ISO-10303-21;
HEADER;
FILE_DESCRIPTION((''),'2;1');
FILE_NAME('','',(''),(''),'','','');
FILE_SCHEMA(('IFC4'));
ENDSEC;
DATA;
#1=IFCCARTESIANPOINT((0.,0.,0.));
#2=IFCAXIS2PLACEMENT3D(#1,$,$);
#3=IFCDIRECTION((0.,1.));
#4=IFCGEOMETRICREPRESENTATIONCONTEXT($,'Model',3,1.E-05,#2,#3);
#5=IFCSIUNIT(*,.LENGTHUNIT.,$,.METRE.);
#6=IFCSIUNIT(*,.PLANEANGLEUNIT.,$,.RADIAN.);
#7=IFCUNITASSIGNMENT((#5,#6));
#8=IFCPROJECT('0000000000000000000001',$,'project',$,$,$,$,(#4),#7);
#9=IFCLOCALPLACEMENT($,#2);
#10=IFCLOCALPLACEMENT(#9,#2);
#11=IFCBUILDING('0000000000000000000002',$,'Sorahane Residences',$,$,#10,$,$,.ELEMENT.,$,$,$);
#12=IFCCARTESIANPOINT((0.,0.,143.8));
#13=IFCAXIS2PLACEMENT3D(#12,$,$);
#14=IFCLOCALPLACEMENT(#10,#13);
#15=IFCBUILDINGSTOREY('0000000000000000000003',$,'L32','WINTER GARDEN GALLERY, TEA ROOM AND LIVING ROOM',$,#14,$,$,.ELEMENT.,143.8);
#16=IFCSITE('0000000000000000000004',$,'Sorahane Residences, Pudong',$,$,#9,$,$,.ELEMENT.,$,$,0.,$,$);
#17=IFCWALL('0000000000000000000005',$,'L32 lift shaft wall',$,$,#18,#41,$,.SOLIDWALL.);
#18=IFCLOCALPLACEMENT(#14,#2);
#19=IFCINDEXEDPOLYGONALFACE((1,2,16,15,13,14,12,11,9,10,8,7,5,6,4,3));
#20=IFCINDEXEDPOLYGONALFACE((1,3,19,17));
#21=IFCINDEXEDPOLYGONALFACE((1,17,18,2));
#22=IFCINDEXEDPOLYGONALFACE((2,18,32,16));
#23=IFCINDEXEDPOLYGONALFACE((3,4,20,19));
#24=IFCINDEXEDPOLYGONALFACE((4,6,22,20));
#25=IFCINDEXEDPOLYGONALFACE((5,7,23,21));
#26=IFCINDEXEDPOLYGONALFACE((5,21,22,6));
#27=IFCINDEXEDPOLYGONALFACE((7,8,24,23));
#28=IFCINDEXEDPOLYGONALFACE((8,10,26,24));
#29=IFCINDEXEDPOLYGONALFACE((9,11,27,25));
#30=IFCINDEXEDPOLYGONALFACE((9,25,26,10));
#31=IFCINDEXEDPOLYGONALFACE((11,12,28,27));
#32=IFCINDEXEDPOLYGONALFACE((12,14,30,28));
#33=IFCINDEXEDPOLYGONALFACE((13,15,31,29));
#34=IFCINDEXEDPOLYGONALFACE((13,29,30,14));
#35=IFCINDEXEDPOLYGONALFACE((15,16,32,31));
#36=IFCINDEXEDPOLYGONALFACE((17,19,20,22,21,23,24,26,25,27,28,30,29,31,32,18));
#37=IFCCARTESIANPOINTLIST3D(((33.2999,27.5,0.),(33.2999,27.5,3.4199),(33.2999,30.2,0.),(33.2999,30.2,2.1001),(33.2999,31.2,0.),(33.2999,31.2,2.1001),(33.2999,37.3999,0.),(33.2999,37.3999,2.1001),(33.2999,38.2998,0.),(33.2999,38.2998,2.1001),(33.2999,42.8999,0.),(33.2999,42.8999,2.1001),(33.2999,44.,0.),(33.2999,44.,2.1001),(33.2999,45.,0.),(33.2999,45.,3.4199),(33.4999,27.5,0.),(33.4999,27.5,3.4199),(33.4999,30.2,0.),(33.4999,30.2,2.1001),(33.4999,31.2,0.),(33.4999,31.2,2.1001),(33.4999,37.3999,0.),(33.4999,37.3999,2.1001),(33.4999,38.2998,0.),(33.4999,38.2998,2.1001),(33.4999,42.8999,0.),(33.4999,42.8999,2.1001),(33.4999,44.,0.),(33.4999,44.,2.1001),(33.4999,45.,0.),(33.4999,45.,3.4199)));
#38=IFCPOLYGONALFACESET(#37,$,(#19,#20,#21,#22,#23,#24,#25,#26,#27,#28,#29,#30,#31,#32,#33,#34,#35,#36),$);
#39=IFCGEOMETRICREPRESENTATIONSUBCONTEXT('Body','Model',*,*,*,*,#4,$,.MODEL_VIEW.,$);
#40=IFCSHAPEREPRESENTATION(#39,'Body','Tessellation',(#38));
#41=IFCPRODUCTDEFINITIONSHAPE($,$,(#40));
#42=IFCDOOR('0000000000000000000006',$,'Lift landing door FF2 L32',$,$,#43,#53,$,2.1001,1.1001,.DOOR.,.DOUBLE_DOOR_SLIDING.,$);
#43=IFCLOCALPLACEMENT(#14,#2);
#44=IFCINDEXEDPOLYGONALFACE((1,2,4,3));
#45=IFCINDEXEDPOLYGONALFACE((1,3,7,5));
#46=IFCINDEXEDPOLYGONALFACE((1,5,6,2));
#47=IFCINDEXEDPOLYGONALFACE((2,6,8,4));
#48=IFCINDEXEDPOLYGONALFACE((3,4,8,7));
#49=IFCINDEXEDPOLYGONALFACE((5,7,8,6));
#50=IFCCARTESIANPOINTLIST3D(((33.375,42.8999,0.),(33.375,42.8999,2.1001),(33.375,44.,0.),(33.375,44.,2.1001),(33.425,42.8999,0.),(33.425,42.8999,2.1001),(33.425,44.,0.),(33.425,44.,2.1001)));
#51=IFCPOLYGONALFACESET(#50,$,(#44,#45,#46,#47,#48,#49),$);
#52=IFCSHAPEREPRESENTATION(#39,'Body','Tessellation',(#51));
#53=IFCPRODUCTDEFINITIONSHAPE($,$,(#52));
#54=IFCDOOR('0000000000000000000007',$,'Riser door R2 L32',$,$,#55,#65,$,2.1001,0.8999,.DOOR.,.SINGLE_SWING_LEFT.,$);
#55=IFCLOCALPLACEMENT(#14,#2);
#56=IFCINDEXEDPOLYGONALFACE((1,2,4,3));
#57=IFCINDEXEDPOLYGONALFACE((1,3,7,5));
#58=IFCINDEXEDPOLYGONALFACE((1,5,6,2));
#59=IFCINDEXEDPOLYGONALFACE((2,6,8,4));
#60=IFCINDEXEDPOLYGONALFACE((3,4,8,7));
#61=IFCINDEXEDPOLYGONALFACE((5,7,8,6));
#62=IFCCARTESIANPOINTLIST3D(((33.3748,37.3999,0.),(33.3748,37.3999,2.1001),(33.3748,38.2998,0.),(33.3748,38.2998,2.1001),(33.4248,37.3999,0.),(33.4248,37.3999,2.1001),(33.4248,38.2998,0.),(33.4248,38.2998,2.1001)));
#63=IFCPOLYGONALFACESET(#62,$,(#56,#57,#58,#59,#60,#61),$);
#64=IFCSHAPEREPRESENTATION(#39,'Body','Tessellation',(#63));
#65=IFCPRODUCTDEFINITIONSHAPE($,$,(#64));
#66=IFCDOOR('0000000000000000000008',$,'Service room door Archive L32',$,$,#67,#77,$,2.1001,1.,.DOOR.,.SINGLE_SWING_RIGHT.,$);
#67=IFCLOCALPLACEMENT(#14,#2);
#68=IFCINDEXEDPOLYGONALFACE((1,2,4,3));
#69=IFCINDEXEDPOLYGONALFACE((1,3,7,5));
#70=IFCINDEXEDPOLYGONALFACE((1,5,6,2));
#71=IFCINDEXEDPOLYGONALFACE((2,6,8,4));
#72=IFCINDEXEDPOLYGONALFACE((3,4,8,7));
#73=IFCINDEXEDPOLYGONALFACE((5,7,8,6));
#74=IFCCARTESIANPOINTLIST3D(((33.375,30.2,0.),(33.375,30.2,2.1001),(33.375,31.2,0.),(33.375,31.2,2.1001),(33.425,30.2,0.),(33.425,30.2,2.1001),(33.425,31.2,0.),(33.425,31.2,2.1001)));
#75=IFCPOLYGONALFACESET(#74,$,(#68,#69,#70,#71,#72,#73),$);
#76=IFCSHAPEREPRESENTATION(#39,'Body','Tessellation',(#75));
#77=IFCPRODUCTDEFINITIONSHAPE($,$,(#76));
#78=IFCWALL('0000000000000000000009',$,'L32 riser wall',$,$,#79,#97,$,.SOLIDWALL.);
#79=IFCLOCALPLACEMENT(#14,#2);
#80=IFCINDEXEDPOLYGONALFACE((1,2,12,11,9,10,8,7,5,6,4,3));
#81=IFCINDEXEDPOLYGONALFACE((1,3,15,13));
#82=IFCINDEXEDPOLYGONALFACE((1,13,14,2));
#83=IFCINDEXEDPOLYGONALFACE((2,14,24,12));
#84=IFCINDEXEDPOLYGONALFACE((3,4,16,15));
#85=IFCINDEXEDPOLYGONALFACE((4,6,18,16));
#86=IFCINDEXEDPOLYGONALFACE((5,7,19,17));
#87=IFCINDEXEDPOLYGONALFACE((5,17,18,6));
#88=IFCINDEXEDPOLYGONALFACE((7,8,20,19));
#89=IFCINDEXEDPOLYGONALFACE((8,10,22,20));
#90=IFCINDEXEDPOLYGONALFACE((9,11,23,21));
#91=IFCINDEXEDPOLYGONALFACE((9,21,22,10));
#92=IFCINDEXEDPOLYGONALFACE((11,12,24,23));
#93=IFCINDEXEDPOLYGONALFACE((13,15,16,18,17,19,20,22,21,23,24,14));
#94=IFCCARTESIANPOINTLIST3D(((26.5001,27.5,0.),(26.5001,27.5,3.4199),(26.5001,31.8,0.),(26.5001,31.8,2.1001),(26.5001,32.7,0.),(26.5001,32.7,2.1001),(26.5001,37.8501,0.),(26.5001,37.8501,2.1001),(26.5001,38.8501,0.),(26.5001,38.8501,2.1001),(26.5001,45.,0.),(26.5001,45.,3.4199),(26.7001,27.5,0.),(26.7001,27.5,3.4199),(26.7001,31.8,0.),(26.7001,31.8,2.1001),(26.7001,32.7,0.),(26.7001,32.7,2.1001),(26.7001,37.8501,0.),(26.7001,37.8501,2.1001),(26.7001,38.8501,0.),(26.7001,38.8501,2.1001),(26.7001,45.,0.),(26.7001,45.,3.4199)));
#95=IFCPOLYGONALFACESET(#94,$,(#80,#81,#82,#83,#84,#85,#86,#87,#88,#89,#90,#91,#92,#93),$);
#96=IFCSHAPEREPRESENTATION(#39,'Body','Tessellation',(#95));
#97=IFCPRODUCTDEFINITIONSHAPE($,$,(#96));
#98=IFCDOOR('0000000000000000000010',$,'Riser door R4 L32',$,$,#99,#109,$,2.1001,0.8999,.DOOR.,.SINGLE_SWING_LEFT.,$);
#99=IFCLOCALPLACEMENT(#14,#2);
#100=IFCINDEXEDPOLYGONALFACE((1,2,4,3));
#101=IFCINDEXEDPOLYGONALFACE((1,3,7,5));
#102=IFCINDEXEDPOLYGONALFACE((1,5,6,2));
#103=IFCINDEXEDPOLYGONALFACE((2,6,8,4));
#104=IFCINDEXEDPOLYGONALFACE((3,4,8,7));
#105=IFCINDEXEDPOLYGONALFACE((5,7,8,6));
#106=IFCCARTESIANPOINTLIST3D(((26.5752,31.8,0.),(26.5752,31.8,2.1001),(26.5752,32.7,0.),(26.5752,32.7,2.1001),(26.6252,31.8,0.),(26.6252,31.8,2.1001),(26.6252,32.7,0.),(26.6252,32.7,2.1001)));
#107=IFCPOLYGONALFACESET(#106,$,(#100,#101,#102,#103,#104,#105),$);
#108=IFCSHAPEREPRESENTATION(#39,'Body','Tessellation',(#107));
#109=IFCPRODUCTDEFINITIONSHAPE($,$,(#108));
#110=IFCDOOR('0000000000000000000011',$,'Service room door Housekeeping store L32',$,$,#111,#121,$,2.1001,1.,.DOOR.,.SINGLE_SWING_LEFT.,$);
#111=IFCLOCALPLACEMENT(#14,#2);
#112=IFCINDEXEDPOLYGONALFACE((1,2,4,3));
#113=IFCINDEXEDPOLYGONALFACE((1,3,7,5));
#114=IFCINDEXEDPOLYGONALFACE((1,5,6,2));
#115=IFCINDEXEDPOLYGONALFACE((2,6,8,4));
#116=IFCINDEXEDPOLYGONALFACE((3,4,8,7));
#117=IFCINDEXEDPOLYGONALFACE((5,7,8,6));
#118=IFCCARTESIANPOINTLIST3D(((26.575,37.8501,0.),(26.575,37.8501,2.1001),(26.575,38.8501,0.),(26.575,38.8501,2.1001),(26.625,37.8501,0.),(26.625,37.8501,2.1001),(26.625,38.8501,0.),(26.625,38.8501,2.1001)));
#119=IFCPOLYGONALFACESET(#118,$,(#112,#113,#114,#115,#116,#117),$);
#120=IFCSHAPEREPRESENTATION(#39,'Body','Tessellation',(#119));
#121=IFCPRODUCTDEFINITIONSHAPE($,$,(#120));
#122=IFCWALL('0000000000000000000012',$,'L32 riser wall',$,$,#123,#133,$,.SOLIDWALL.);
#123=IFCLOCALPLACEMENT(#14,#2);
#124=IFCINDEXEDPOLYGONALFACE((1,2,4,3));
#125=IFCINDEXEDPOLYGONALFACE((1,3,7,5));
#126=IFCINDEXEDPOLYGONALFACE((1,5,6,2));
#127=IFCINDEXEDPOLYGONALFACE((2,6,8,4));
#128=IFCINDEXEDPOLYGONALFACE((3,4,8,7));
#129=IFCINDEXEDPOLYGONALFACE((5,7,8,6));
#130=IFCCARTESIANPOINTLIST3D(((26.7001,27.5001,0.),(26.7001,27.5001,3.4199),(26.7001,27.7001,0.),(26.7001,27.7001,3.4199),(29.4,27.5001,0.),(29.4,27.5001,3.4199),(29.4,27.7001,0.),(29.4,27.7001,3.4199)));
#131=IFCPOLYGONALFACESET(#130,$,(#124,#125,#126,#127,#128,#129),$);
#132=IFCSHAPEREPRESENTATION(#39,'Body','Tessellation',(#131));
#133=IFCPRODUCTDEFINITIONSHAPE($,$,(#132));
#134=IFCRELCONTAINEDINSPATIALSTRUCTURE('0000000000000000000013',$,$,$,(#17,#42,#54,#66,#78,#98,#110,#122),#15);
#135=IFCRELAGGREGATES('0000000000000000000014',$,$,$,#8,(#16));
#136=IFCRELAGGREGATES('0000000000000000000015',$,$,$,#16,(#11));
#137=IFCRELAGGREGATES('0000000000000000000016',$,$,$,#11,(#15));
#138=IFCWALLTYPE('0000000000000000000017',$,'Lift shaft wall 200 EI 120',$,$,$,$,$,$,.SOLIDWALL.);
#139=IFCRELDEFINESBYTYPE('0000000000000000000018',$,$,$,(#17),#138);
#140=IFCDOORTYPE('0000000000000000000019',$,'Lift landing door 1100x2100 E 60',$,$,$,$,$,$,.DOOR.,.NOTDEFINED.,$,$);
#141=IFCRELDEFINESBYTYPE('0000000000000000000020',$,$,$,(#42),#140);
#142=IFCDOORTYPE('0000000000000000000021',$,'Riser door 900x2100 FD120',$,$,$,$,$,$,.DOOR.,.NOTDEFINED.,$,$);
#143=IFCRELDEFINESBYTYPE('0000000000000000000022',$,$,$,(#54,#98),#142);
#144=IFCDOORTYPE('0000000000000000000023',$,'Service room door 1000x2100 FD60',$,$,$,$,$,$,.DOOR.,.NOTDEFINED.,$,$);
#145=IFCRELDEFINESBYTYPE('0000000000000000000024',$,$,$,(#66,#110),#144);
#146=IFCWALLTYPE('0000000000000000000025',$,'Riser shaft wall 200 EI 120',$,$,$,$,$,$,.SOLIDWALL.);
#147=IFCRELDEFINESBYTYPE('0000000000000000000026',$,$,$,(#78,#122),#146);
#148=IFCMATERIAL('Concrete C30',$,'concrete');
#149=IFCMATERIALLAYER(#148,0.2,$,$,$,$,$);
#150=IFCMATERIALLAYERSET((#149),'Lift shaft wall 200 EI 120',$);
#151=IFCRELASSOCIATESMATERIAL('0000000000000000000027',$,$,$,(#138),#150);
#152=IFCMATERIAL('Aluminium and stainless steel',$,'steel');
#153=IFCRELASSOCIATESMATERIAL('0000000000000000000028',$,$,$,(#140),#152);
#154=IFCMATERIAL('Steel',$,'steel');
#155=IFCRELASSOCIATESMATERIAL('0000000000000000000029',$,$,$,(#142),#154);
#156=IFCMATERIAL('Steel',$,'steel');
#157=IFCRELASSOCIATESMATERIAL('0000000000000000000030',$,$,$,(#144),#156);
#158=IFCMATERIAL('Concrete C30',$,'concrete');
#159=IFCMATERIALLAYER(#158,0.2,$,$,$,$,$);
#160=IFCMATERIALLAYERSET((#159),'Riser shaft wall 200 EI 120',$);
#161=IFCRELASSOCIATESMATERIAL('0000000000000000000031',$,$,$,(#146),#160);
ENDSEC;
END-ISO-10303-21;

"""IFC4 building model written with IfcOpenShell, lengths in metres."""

from ifc_helpers import new_model, si_unit, direction, frame, frame_2d, origin, place, context, subcontext, project, spatial, rectangle, extrude, material, layer, layer_set, type_object, element, fill, save


model = new_model("IFC4")

# Units and contexts
model_context = context("Model", 3, precision=1e-05, world=origin(), true_north=direction((0.0, 1.0)))
body_context = subcontext(model_context, "Body", "Model", "MODEL_VIEW")
ifc_project = project(units=[si_unit("LENGTHUNIT", "METRE"), si_unit("PLANEANGLEUNIT", "RADIAN")], contexts=[model_context])

# Site, building, storey
site_placement = place(None, origin())
site = spatial("IfcSite", under=ifc_project, at=site_placement, Name="Sorahane Residences, Pudong", CompositionType="ELEMENT", RefElevation=0.0)
building_placement = place(site_placement, origin())
building = spatial("IfcBuilding", under=site, at=building_placement, Name="Sorahane Residences", CompositionType="ELEMENT")
storey_placement = place(building_placement, frame((0.0, 0.0, 143.8)))
storey = spatial("IfcBuildingStorey", under=building, at=storey_placement, Name="L32", Description="WINTER GARDEN GALLERY, TEA ROOM AND LIVING ROOM", CompositionType="ELEMENT", Elevation=143.8)

# Walls, openings, doors
ifc_material_1 = material(Name="Concrete C30", Category="concrete")
ifc_layer_1 = layer(ifc_material_1, 0.2)
ifc_layer_set_1 = layer_set([ifc_layer_1], Name="Lift shaft wall 200 EI 120")
wall_type_1 = type_object("IfcWallType", Name="Lift shaft wall 200 EI 120", PredefinedType="SOLIDWALL", material=ifc_layer_set_1)
wall_1_placement = place(storey_placement, frame((33.3999, 27.5, 0.0), z_axis=(0.0, 0.0, 1.0), x_axis=(0.0, 1.0, 0.0)))
wall_1 = element("IfcWall", 1, at=wall_1_placement, inside=storey, type_object=wall_type_1, Name="L32 lift shaft wall", PredefinedType="SOLIDWALL", context=body_context, shape_type="SweptSolid", body=[
    extrude(rectangle(XDim=17.5, YDim=0.2, at=frame_2d((8.75, 0.0))), origin(), (0.0, 0.0, 1.0), 3.4199),
])
opening_1_placement = place(wall_1_placement, frame((15.3999, 0.0, 0.0)))
opening_1 = element("IfcOpeningElement", 2, at=opening_1_placement, cuts=wall_1, PredefinedType="OPENING", context=body_context, shape_type="SweptSolid", body=[
    extrude(rectangle(XDim=1.1001, YDim=2.1001, at=frame_2d((0.55, 1.05))), frame((0.0, 0.1099, 0.0), z_axis=(0.0, -1.0, 0.0), x_axis=(1.0, 0.0, 0.0)), (0.0, 0.0, 1.0), 0.22),
])
opening_2_placement = place(wall_1_placement, frame((2.7, 0.0, 0.0)))
opening_2 = element("IfcOpeningElement", 3, at=opening_2_placement, cuts=wall_1, PredefinedType="OPENING", context=body_context, shape_type="SweptSolid", body=[
    extrude(rectangle(XDim=1.0, YDim=2.1001, at=frame_2d((0.5, 1.05))), frame((0.0, 0.1099, 0.0), z_axis=(0.0, -1.0, 0.0), x_axis=(1.0, 0.0, 0.0)), (0.0, 0.0, 1.0), 0.22),
])
opening_3_placement = place(wall_1_placement, frame((9.8999, 0.0, 0.0)))
opening_3 = element("IfcOpeningElement", 4, at=opening_3_placement, cuts=wall_1, PredefinedType="OPENING", context=body_context, shape_type="SweptSolid", body=[
    extrude(rectangle(XDim=0.8999, YDim=2.1001, at=frame_2d((0.45, 1.05))), frame((0.0, 0.1099, 0.0), z_axis=(0.0, -1.0, 0.0), x_axis=(1.0, 0.0, 0.0)), (0.0, 0.0, 1.0), 0.22),
])
ifc_material_2 = material(Name="Aluminium and stainless steel", Category="steel")
door_type_1 = type_object("IfcDoorType", Name="Lift landing door 1100x2100 E 60", OperationType="NOTDEFINED", PredefinedType="DOOR", material=ifc_material_2)
door_1_placement = place(opening_1_placement, origin())
door_1 = element("IfcDoor", 5, at=door_1_placement, inside=storey, type_object=door_type_1, Name="Lift landing door FF2 L32", OperationType="DOUBLE_DOOR_SLIDING", OverallHeight=2.1001, OverallWidth=1.1001, PredefinedType="DOOR", context=body_context, shape_type="SweptSolid", body=[
    extrude(rectangle(XDim=1.1001, YDim=2.1001, at=frame_2d((0.55, 1.05))), frame((0.0, 0.0249, 0.0), z_axis=(0.0, -1.0, 0.0), x_axis=(1.0, 0.0, 0.0)), (0.0, 0.0, 1.0), 0.05),
])
fill(opening_1, door_1)
ifc_material_3 = material(Name="Steel", Category="steel")
door_type_2 = type_object("IfcDoorType", Name="Riser door 900x2100 FD120", OperationType="NOTDEFINED", PredefinedType="DOOR", material=ifc_material_3)
door_2_placement = place(opening_3_placement, frame((0.8999, 0.0, 0.0), z_axis=(0.0, 0.0, 1.0), x_axis=(-1.0, 0.0, 0.0)))
door_2 = element("IfcDoor", 6, at=door_2_placement, inside=storey, type_object=door_type_2, Name="Riser door R2 L32", OperationType="SINGLE_SWING_LEFT", OverallHeight=2.1001, OverallWidth=0.8999, PredefinedType="DOOR", context=body_context, shape_type="SweptSolid", body=[
    extrude(rectangle(XDim=0.8999, YDim=2.1001, at=frame_2d((0.45, 1.05))), frame((0.0, 0.0249, 0.0), z_axis=(0.0, -1.0, 0.0), x_axis=(1.0, 0.0, 0.0)), (0.0, 0.0, 1.0), 0.05),
])
fill(opening_3, door_2)
ifc_material_4 = material(Name="Steel", Category="steel")
door_type_3 = type_object("IfcDoorType", Name="Service room door 1000x2100 FD60", OperationType="NOTDEFINED", PredefinedType="DOOR", material=ifc_material_4)
door_3_placement = place(opening_2_placement, origin())
door_3 = element("IfcDoor", 7, at=door_3_placement, inside=storey, type_object=door_type_3, Name="Service room door Archive L32", OperationType="SINGLE_SWING_RIGHT", OverallHeight=2.1001, OverallWidth=1.0, PredefinedType="DOOR", context=body_context, shape_type="SweptSolid", body=[
    extrude(rectangle(XDim=1.0, YDim=2.1001, at=frame_2d((0.5, 1.05))), frame((0.0, 0.0249, 0.0), z_axis=(0.0, -1.0, 0.0), x_axis=(1.0, 0.0, 0.0)), (0.0, 0.0, 1.0), 0.05),
])
fill(opening_2, door_3)
ifc_material_5 = material(Name="Concrete C30", Category="concrete")
ifc_layer_2 = layer(ifc_material_5, 0.2)
ifc_layer_set_2 = layer_set([ifc_layer_2], Name="Riser shaft wall 200 EI 120")
wall_type_2 = type_object("IfcWallType", Name="Riser shaft wall 200 EI 120", PredefinedType="SOLIDWALL", material=ifc_layer_set_2)
wall_2_placement = place(storey_placement, frame((26.6001, 27.5, 0.0), z_axis=(0.0, 0.0, 1.0), x_axis=(0.0, 1.0, 0.0)))
wall_2 = element("IfcWall", 8, at=wall_2_placement, inside=storey, type_object=wall_type_2, Name="L32 riser wall", PredefinedType="SOLIDWALL", context=body_context, shape_type="SweptSolid", body=[
    extrude(rectangle(XDim=17.5, YDim=0.2, at=frame_2d((8.75, 0.0))), origin(), (0.0, 0.0, 1.0), 3.4199),
])
opening_4_placement = place(wall_2_placement, frame((4.3, 0.0, 0.0)))
opening_4 = element("IfcOpeningElement", 9, at=opening_4_placement, cuts=wall_2, PredefinedType="OPENING", context=body_context, shape_type="SweptSolid", body=[
    extrude(rectangle(XDim=0.8999, YDim=2.1001, at=frame_2d((0.45, 1.05))), frame((0.0, 0.1099, 0.0), z_axis=(0.0, -1.0, 0.0), x_axis=(1.0, 0.0, 0.0)), (0.0, 0.0, 1.0), 0.22),
])
opening_5_placement = place(wall_2_placement, frame((10.3501, 0.0, 0.0)))
opening_5 = element("IfcOpeningElement", 10, at=opening_5_placement, cuts=wall_2, PredefinedType="OPENING", context=body_context, shape_type="SweptSolid", body=[
    extrude(rectangle(XDim=1.0, YDim=2.1001, at=frame_2d((0.5, 1.05))), frame((0.0, 0.1099, 0.0), z_axis=(0.0, -1.0, 0.0), x_axis=(1.0, 0.0, 0.0)), (0.0, 0.0, 1.0), 0.22),
])
door_4_placement = place(opening_4_placement, origin())
door_4 = element("IfcDoor", 11, at=door_4_placement, inside=storey, type_object=door_type_2, Name="Riser door R4 L32", OperationType="SINGLE_SWING_LEFT", OverallHeight=2.1001, OverallWidth=0.8999, PredefinedType="DOOR", context=body_context, shape_type="SweptSolid", body=[
    extrude(rectangle(XDim=0.8999, YDim=2.1001, at=frame_2d((0.45, 1.05))), frame((0.0, 0.0249, 0.0), z_axis=(0.0, -1.0, 0.0), x_axis=(1.0, 0.0, 0.0)), (0.0, 0.0, 1.0), 0.05),
])
fill(opening_4, door_4)
door_5_placement = place(opening_5_placement, frame((1.0, 0.0, 0.0), z_axis=(0.0, 0.0, 1.0), x_axis=(-1.0, 0.0, 0.0)))
door_5 = element("IfcDoor", 12, at=door_5_placement, inside=storey, type_object=door_type_3, Name="Service room door Housekeeping store L32", OperationType="SINGLE_SWING_LEFT", OverallHeight=2.1001, OverallWidth=1.0, PredefinedType="DOOR", context=body_context, shape_type="SweptSolid", body=[
    extrude(rectangle(XDim=1.0, YDim=2.1001, at=frame_2d((0.5, 1.05))), frame((0.0, 0.0249, 0.0), z_axis=(0.0, -1.0, 0.0), x_axis=(1.0, 0.0, 0.0)), (0.0, 0.0, 1.0), 0.05),
])
fill(opening_5, door_5)

# Wall
wall_3_placement = place(storey_placement, frame((26.7, 27.6001, 0.0), z_axis=(0.0, 0.0, 1.0), x_axis=(1.0, 0.0, 0.0)))
element("IfcWall", 13, at=wall_3_placement, inside=storey, type_object=wall_type_2, Name="L32 riser wall", PredefinedType="SOLIDWALL", context=body_context, shape_type="SweptSolid", body=[
    extrude(rectangle(XDim=2.7, YDim=0.2, at=frame_2d((1.3501, 0.0))), origin(), (0.0, 0.0, 1.0), 3.4199),
])

save(model, "model.ifc")
